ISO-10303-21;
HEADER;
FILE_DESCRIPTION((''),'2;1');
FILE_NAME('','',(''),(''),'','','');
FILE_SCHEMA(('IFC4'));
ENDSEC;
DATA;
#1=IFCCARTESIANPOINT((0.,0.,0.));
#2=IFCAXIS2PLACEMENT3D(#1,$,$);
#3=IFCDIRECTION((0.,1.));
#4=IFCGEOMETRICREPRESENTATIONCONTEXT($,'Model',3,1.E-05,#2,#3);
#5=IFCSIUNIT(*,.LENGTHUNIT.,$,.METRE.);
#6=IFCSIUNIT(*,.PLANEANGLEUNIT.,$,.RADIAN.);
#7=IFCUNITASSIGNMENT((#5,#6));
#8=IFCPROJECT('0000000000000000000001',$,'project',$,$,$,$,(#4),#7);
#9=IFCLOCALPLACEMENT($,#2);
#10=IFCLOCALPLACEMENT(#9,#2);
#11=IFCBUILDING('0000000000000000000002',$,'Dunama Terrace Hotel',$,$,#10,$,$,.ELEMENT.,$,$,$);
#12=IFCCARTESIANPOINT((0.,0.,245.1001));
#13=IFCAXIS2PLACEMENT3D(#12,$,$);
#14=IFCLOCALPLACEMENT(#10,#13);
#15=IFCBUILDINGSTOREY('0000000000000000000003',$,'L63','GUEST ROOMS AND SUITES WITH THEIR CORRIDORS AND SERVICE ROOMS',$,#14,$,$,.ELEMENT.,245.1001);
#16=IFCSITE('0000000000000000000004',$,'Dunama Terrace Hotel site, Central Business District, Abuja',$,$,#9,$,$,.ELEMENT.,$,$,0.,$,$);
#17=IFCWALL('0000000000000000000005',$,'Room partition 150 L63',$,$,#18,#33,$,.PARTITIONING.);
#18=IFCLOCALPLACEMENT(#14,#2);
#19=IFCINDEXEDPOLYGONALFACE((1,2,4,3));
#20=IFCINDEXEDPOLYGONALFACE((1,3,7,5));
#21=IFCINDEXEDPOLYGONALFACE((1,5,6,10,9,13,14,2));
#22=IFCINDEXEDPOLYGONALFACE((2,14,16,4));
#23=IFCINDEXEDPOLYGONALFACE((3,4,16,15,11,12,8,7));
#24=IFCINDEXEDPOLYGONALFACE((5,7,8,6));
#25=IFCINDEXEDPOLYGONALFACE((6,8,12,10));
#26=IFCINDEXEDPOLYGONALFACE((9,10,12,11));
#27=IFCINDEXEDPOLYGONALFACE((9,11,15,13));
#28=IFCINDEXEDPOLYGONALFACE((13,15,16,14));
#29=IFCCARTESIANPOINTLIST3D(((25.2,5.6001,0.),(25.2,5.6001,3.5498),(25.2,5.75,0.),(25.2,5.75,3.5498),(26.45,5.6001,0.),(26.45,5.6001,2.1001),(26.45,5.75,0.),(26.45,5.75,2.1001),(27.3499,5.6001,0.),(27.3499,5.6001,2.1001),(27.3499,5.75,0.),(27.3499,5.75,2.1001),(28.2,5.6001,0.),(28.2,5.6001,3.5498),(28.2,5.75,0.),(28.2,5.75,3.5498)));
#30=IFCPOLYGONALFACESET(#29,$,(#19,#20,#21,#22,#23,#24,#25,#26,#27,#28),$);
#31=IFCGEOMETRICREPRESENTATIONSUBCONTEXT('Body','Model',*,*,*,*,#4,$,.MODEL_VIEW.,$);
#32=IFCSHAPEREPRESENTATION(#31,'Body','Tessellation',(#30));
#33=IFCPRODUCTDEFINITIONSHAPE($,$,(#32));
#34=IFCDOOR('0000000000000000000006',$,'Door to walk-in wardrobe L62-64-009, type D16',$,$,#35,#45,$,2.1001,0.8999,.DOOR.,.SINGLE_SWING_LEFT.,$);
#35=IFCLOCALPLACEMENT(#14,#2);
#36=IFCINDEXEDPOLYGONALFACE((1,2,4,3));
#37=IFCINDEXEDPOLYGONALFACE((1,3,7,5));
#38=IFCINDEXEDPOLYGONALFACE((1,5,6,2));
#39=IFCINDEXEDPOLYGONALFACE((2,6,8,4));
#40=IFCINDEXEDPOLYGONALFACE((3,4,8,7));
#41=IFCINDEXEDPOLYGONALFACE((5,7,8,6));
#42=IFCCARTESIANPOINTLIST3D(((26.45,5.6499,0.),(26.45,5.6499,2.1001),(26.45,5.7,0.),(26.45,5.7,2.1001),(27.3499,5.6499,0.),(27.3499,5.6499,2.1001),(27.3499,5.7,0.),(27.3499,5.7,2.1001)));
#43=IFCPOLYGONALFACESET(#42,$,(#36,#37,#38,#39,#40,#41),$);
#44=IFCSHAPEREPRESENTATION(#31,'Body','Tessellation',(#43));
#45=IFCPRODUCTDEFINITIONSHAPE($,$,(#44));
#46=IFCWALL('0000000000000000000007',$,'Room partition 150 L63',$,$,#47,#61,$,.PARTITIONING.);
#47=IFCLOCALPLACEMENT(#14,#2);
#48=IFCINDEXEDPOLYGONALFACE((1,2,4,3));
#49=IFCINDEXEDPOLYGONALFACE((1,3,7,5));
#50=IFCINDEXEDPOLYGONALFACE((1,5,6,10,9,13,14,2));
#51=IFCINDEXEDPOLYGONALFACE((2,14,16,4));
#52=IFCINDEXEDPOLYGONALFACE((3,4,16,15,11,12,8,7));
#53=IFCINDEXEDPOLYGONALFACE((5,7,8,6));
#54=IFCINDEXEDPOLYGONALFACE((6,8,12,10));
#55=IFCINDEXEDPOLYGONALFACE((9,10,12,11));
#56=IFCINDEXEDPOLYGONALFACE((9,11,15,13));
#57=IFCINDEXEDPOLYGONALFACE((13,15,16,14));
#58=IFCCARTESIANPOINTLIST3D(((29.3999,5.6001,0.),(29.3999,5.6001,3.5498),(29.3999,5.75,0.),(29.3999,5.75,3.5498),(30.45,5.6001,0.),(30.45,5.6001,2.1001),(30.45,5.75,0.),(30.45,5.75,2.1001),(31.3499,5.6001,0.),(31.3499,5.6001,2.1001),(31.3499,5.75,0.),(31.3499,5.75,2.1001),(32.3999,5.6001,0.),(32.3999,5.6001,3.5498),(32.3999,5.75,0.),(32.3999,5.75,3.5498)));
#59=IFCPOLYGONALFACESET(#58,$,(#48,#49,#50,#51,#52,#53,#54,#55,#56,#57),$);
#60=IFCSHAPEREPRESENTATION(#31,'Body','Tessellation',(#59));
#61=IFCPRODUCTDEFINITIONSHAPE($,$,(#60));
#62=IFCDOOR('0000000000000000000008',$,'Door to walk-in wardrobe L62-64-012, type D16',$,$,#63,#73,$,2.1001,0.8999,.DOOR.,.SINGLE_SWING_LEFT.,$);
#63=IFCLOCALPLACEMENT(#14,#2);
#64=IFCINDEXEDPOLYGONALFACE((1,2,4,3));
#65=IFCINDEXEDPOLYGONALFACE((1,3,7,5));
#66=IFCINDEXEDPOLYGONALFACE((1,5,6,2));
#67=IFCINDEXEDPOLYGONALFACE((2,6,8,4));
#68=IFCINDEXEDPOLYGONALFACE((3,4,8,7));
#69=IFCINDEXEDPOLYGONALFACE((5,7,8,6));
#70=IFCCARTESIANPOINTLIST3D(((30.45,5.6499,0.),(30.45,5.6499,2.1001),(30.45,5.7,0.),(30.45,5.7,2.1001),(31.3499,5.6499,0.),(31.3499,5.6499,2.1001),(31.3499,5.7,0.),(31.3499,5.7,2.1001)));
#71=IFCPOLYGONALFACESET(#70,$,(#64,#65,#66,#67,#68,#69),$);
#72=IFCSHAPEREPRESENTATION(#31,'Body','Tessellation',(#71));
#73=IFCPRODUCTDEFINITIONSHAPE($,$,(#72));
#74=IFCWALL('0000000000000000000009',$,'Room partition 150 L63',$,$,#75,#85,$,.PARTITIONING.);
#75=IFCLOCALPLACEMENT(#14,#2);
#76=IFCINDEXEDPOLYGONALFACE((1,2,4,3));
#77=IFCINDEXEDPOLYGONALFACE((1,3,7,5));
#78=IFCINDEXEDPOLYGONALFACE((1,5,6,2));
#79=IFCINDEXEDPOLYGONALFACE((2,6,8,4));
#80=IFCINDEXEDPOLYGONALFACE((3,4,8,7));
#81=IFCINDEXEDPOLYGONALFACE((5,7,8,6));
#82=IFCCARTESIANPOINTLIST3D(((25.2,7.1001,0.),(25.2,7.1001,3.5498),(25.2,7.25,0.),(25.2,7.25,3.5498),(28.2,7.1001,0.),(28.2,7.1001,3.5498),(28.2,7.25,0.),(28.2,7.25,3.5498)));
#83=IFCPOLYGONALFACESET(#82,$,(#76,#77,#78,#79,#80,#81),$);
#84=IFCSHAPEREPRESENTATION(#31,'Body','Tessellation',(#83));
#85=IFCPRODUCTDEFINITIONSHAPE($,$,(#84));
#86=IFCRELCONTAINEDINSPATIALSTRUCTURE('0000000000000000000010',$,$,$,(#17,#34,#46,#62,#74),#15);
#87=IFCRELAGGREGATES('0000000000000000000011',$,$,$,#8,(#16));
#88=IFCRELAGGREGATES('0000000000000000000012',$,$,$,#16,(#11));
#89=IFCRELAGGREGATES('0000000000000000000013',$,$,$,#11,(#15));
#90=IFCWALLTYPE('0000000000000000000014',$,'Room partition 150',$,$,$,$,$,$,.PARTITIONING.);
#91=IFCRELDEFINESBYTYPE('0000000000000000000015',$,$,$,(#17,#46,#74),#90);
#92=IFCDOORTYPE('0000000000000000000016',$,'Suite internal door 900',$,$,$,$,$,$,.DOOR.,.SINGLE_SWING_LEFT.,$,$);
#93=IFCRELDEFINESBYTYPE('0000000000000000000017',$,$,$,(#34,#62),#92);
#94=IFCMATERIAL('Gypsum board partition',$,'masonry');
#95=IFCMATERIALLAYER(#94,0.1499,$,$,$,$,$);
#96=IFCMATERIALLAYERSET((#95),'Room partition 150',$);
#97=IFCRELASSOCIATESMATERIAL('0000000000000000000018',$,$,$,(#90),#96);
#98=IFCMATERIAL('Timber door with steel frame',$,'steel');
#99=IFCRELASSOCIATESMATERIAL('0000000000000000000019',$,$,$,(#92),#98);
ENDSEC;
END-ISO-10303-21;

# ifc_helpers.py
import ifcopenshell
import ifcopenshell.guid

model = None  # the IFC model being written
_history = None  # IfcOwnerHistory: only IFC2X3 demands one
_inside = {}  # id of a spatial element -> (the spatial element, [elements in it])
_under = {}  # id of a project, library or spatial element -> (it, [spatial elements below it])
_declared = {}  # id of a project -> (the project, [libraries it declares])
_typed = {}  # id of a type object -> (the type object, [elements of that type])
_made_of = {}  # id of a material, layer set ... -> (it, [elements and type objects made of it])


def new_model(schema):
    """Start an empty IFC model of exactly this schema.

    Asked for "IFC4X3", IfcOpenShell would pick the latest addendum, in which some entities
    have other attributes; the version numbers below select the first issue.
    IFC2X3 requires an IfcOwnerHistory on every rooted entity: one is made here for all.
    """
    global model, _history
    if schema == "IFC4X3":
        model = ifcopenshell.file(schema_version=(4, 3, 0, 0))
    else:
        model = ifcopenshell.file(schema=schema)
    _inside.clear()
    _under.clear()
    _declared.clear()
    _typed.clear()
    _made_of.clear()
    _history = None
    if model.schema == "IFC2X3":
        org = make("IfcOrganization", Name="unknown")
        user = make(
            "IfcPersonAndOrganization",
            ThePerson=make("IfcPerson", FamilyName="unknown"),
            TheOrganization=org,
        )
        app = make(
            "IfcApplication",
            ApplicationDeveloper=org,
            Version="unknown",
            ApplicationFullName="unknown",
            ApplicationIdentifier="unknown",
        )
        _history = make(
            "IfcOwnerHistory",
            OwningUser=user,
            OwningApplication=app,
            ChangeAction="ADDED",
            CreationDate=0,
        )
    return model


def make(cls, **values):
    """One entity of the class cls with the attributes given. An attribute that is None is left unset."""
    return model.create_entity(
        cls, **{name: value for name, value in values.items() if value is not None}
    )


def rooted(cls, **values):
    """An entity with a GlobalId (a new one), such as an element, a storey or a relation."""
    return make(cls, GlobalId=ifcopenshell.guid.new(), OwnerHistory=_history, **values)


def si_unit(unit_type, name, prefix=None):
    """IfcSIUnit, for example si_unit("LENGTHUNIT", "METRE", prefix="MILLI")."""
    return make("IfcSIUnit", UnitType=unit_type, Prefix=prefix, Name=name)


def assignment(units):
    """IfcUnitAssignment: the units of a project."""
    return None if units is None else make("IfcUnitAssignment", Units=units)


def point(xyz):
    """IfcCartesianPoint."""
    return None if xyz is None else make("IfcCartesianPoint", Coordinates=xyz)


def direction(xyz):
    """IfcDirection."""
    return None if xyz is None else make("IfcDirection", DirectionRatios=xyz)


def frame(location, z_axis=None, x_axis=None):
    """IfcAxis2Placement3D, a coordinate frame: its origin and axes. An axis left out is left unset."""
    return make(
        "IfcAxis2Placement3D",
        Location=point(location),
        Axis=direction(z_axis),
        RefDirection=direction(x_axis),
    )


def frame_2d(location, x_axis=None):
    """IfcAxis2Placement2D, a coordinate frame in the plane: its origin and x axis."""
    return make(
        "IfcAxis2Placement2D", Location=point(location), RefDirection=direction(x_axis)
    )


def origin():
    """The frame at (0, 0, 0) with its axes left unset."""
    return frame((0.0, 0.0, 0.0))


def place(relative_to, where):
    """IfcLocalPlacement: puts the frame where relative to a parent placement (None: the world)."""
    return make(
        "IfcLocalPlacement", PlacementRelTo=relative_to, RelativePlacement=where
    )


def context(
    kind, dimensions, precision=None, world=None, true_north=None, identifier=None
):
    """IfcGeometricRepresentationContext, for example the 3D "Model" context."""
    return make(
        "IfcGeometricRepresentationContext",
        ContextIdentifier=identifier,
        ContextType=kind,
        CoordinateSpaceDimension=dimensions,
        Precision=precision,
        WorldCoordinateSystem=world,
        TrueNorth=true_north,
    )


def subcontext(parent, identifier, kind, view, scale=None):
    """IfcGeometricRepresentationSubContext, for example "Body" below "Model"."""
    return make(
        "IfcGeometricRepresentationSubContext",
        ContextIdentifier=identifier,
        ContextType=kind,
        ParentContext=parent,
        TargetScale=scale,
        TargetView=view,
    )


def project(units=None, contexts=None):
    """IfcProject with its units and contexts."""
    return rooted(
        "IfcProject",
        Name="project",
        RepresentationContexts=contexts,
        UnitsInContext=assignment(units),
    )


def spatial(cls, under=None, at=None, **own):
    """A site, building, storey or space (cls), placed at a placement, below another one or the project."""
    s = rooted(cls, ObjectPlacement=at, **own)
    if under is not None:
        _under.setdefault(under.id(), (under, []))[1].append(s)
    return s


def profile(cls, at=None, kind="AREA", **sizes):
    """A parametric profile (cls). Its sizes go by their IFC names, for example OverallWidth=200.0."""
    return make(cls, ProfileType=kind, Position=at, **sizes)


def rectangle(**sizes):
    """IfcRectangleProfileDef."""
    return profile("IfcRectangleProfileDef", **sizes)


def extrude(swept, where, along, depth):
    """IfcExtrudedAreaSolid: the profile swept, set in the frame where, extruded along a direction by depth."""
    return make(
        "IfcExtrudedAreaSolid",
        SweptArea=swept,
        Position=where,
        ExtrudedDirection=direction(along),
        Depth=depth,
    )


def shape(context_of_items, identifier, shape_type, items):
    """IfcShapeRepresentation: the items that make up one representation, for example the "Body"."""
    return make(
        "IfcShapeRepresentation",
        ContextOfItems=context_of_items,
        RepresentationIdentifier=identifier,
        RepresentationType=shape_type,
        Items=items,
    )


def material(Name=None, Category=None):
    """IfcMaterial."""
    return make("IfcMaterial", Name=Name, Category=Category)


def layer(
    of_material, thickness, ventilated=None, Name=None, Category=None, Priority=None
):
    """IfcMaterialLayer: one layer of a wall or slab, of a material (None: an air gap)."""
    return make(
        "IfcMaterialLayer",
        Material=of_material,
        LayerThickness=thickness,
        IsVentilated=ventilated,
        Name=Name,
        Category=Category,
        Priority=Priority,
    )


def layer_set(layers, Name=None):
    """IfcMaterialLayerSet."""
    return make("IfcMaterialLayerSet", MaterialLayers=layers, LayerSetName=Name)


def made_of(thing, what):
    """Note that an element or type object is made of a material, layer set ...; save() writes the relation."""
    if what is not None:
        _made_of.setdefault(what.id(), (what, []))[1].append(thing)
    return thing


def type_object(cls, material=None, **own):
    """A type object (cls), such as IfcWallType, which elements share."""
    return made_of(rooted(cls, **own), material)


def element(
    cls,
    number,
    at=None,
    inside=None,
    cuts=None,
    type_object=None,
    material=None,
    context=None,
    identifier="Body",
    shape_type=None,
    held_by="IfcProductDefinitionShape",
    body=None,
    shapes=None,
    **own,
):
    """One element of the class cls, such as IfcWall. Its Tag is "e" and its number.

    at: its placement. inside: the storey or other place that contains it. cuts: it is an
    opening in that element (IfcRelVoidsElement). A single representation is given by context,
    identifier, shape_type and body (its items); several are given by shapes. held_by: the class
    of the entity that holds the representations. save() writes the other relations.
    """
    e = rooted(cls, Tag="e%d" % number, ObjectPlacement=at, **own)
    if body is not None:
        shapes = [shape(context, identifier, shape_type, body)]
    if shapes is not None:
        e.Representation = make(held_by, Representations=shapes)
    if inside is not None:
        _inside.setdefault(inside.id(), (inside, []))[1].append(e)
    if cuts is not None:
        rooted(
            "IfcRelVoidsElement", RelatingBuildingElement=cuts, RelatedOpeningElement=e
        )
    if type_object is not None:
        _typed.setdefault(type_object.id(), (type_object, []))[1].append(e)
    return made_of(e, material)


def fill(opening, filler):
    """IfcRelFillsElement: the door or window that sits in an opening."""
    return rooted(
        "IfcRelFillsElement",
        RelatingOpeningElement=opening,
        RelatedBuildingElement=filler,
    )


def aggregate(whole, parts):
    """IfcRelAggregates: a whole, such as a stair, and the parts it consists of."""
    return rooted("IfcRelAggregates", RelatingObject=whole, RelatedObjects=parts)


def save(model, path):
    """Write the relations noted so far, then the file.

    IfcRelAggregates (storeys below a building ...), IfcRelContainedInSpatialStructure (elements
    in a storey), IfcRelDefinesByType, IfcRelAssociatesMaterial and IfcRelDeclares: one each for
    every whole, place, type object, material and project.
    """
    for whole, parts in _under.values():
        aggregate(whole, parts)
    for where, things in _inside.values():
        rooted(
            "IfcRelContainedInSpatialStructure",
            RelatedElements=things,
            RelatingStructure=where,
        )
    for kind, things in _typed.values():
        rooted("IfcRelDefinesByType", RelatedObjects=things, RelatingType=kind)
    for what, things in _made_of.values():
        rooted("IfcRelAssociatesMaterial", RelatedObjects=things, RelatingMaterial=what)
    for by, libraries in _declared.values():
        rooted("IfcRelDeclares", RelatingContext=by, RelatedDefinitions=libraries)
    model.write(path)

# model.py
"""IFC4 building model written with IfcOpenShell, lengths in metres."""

from ifc_helpers import new_model, si_unit, direction, frame, frame_2d, origin, place, context, subcontext, project, spatial, rectangle, extrude, material, layer, layer_set, type_object, element, fill, save


model = new_model("IFC4")

# Units and contexts
model_context = context("Model", 3, precision=1e-05, world=origin(), true_north=direction((0.0, 1.0)))
body_context = subcontext(model_context, "Body", "Model", "MODEL_VIEW")
ifc_project = project(units=[si_unit("LENGTHUNIT", "METRE"), si_unit("PLANEANGLEUNIT", "RADIAN")], contexts=[model_context])

# Site, building, storey
site_placement = place(None, origin())
site = spatial("IfcSite", under=ifc_project, at=site_placement, Name="Dunama Terrace Hotel site, Central Business District, Abuja", CompositionType="ELEMENT", RefElevation=0.0)
building_placement = place(site_placement, origin())
building = spatial("IfcBuilding", under=site, at=building_placement, Name="Dunama Terrace Hotel", CompositionType="ELEMENT")
storey_placement = place(building_placement, frame((0.0, 0.0, 245.1001)))
storey = spatial("IfcBuildingStorey", under=building, at=storey_placement, Name="L63", Description="GUEST ROOMS AND SUITES WITH THEIR CORRIDORS AND SERVICE ROOMS", CompositionType="ELEMENT", Elevation=245.1001)

# Shared definitions
ifc_material_1 = material(Name="Gypsum board partition", Category="masonry")
ifc_layer_1 = layer(ifc_material_1, 0.1499)
ifc_layer_set_1 = layer_set([ifc_layer_1], Name="Room partition 150")
wall_type_1 = type_object("IfcWallType", Name="Room partition 150", PredefinedType="PARTITIONING", material=ifc_layer_set_1)
ifc_material_2 = material(Name="Timber door with steel frame", Category="steel")
door_type_1 = type_object("IfcDoorType", Name="Suite internal door 900", OperationType="SINGLE_SWING_LEFT", PredefinedType="DOOR", material=ifc_material_2)

# Walls, openings, doors
wall_1_placement = place(storey_placement, frame((25.2, 5.675, 0.0), z_axis=(0.0, 0.0, 1.0), x_axis=(1.0, 0.0, 0.0)))
wall_1 = element("IfcWall", 1, at=wall_1_placement, inside=storey, type_object=wall_type_1, Name="Room partition 150 L63", PredefinedType="PARTITIONING", context=body_context, shape_type="SweptSolid", body=[
    extrude(rectangle(XDim=3.0, YDim=0.1499, at=frame_2d((1.5, 0.0))), origin(), (0.0, 0.0, 1.0), 3.5498),
])
opening_1_placement = place(wall_1_placement, frame((1.25, 0.0, 0.0)))
opening_1 = element("IfcOpeningElement", 2, at=opening_1_placement, cuts=wall_1, PredefinedType="OPENING", context=body_context, shape_type="SweptSolid", body=[
    extrude(rectangle(XDim=0.8999, YDim=2.1001, at=frame_2d((0.45, 1.05))), frame((0.0, 0.085, 0.0), z_axis=(0.0, -1.0, 0.0), x_axis=(1.0, 0.0, 0.0)), (0.0, 0.0, 1.0), 0.1699),
])
door_1_placement = place(opening_1_placement, origin())
door_1 = element("IfcDoor", 3, at=door_1_placement, inside=storey, type_object=door_type_1, Name="Door to walk-in wardrobe L62-64-009, type D16", OperationType="SINGLE_SWING_LEFT", OverallHeight=2.1001, OverallWidth=0.8999, PredefinedType="DOOR", context=body_context, shape_type="SweptSolid", body=[
    extrude(rectangle(XDim=0.8999, YDim=2.1001, at=frame_2d((0.45, 1.05))), frame((0.0, 0.0249, 0.0), z_axis=(0.0, -1.0, 0.0), x_axis=(1.0, 0.0, 0.0)), (0.0, 0.0, 1.0), 0.05),
])
fill(opening_1, door_1)
wall_2_placement = place(storey_placement, frame((29.3999, 5.675, 0.0), z_axis=(0.0, 0.0, 1.0), x_axis=(1.0, 0.0, 0.0)))
wall_2 = element("IfcWall", 4, at=wall_2_placement, inside=storey, type_object=wall_type_1, Name="Room partition 150 L63", PredefinedType="PARTITIONING", context=body_context, shape_type="SweptSolid", body=[
    extrude(rectangle(XDim=3.0, YDim=0.1499, at=frame_2d((1.5, 0.0))), origin(), (0.0, 0.0, 1.0), 3.5498),
])
opening_2_placement = place(wall_2_placement, frame((1.05, 0.0, 0.0)))
opening_2 = element("IfcOpeningElement", 5, at=opening_2_placement, cuts=wall_2, PredefinedType="OPENING", context=body_context, shape_type="SweptSolid", body=[
    extrude(rectangle(XDim=0.8999, YDim=2.1001, at=frame_2d((0.45, 1.05))), frame((0.0, 0.085, 0.0), z_axis=(0.0, -1.0, 0.0), x_axis=(1.0, 0.0, 0.0)), (0.0, 0.0, 1.0), 0.1699),
])
door_2_placement = place(opening_2_placement, origin())
door_2 = element("IfcDoor", 6, at=door_2_placement, inside=storey, type_object=door_type_1, Name="Door to walk-in wardrobe L62-64-012, type D16", OperationType="SINGLE_SWING_LEFT", OverallHeight=2.1001, OverallWidth=0.8999, PredefinedType="DOOR", context=body_context, shape_type="SweptSolid", body=[
    extrude(rectangle(XDim=0.8999, YDim=2.1001, at=frame_2d((0.45, 1.05))), frame((0.0, 0.0249, 0.0), z_axis=(0.0, -1.0, 0.0), x_axis=(1.0, 0.0, 0.0)), (0.0, 0.0, 1.0), 0.05),
])
fill(opening_2, door_2)

# Wall
wall_3_placement = place(storey_placement, frame((25.2, 7.175, 0.0), z_axis=(0.0, 0.0, 1.0), x_axis=(1.0, 0.0, 0.0)))
element("IfcWall", 7, at=wall_3_placement, inside=storey, type_object=wall_type_1, Name="Room partition 150 L63", PredefinedType="PARTITIONING", context=body_context, shape_type="SweptSolid", body=[
    extrude(rectangle(XDim=3.0, YDim=0.1499, at=frame_2d((1.5, 0.0))), origin(), (0.0, 0.0, 1.0), 3.5498),
])

save(model, "model.ifc")
